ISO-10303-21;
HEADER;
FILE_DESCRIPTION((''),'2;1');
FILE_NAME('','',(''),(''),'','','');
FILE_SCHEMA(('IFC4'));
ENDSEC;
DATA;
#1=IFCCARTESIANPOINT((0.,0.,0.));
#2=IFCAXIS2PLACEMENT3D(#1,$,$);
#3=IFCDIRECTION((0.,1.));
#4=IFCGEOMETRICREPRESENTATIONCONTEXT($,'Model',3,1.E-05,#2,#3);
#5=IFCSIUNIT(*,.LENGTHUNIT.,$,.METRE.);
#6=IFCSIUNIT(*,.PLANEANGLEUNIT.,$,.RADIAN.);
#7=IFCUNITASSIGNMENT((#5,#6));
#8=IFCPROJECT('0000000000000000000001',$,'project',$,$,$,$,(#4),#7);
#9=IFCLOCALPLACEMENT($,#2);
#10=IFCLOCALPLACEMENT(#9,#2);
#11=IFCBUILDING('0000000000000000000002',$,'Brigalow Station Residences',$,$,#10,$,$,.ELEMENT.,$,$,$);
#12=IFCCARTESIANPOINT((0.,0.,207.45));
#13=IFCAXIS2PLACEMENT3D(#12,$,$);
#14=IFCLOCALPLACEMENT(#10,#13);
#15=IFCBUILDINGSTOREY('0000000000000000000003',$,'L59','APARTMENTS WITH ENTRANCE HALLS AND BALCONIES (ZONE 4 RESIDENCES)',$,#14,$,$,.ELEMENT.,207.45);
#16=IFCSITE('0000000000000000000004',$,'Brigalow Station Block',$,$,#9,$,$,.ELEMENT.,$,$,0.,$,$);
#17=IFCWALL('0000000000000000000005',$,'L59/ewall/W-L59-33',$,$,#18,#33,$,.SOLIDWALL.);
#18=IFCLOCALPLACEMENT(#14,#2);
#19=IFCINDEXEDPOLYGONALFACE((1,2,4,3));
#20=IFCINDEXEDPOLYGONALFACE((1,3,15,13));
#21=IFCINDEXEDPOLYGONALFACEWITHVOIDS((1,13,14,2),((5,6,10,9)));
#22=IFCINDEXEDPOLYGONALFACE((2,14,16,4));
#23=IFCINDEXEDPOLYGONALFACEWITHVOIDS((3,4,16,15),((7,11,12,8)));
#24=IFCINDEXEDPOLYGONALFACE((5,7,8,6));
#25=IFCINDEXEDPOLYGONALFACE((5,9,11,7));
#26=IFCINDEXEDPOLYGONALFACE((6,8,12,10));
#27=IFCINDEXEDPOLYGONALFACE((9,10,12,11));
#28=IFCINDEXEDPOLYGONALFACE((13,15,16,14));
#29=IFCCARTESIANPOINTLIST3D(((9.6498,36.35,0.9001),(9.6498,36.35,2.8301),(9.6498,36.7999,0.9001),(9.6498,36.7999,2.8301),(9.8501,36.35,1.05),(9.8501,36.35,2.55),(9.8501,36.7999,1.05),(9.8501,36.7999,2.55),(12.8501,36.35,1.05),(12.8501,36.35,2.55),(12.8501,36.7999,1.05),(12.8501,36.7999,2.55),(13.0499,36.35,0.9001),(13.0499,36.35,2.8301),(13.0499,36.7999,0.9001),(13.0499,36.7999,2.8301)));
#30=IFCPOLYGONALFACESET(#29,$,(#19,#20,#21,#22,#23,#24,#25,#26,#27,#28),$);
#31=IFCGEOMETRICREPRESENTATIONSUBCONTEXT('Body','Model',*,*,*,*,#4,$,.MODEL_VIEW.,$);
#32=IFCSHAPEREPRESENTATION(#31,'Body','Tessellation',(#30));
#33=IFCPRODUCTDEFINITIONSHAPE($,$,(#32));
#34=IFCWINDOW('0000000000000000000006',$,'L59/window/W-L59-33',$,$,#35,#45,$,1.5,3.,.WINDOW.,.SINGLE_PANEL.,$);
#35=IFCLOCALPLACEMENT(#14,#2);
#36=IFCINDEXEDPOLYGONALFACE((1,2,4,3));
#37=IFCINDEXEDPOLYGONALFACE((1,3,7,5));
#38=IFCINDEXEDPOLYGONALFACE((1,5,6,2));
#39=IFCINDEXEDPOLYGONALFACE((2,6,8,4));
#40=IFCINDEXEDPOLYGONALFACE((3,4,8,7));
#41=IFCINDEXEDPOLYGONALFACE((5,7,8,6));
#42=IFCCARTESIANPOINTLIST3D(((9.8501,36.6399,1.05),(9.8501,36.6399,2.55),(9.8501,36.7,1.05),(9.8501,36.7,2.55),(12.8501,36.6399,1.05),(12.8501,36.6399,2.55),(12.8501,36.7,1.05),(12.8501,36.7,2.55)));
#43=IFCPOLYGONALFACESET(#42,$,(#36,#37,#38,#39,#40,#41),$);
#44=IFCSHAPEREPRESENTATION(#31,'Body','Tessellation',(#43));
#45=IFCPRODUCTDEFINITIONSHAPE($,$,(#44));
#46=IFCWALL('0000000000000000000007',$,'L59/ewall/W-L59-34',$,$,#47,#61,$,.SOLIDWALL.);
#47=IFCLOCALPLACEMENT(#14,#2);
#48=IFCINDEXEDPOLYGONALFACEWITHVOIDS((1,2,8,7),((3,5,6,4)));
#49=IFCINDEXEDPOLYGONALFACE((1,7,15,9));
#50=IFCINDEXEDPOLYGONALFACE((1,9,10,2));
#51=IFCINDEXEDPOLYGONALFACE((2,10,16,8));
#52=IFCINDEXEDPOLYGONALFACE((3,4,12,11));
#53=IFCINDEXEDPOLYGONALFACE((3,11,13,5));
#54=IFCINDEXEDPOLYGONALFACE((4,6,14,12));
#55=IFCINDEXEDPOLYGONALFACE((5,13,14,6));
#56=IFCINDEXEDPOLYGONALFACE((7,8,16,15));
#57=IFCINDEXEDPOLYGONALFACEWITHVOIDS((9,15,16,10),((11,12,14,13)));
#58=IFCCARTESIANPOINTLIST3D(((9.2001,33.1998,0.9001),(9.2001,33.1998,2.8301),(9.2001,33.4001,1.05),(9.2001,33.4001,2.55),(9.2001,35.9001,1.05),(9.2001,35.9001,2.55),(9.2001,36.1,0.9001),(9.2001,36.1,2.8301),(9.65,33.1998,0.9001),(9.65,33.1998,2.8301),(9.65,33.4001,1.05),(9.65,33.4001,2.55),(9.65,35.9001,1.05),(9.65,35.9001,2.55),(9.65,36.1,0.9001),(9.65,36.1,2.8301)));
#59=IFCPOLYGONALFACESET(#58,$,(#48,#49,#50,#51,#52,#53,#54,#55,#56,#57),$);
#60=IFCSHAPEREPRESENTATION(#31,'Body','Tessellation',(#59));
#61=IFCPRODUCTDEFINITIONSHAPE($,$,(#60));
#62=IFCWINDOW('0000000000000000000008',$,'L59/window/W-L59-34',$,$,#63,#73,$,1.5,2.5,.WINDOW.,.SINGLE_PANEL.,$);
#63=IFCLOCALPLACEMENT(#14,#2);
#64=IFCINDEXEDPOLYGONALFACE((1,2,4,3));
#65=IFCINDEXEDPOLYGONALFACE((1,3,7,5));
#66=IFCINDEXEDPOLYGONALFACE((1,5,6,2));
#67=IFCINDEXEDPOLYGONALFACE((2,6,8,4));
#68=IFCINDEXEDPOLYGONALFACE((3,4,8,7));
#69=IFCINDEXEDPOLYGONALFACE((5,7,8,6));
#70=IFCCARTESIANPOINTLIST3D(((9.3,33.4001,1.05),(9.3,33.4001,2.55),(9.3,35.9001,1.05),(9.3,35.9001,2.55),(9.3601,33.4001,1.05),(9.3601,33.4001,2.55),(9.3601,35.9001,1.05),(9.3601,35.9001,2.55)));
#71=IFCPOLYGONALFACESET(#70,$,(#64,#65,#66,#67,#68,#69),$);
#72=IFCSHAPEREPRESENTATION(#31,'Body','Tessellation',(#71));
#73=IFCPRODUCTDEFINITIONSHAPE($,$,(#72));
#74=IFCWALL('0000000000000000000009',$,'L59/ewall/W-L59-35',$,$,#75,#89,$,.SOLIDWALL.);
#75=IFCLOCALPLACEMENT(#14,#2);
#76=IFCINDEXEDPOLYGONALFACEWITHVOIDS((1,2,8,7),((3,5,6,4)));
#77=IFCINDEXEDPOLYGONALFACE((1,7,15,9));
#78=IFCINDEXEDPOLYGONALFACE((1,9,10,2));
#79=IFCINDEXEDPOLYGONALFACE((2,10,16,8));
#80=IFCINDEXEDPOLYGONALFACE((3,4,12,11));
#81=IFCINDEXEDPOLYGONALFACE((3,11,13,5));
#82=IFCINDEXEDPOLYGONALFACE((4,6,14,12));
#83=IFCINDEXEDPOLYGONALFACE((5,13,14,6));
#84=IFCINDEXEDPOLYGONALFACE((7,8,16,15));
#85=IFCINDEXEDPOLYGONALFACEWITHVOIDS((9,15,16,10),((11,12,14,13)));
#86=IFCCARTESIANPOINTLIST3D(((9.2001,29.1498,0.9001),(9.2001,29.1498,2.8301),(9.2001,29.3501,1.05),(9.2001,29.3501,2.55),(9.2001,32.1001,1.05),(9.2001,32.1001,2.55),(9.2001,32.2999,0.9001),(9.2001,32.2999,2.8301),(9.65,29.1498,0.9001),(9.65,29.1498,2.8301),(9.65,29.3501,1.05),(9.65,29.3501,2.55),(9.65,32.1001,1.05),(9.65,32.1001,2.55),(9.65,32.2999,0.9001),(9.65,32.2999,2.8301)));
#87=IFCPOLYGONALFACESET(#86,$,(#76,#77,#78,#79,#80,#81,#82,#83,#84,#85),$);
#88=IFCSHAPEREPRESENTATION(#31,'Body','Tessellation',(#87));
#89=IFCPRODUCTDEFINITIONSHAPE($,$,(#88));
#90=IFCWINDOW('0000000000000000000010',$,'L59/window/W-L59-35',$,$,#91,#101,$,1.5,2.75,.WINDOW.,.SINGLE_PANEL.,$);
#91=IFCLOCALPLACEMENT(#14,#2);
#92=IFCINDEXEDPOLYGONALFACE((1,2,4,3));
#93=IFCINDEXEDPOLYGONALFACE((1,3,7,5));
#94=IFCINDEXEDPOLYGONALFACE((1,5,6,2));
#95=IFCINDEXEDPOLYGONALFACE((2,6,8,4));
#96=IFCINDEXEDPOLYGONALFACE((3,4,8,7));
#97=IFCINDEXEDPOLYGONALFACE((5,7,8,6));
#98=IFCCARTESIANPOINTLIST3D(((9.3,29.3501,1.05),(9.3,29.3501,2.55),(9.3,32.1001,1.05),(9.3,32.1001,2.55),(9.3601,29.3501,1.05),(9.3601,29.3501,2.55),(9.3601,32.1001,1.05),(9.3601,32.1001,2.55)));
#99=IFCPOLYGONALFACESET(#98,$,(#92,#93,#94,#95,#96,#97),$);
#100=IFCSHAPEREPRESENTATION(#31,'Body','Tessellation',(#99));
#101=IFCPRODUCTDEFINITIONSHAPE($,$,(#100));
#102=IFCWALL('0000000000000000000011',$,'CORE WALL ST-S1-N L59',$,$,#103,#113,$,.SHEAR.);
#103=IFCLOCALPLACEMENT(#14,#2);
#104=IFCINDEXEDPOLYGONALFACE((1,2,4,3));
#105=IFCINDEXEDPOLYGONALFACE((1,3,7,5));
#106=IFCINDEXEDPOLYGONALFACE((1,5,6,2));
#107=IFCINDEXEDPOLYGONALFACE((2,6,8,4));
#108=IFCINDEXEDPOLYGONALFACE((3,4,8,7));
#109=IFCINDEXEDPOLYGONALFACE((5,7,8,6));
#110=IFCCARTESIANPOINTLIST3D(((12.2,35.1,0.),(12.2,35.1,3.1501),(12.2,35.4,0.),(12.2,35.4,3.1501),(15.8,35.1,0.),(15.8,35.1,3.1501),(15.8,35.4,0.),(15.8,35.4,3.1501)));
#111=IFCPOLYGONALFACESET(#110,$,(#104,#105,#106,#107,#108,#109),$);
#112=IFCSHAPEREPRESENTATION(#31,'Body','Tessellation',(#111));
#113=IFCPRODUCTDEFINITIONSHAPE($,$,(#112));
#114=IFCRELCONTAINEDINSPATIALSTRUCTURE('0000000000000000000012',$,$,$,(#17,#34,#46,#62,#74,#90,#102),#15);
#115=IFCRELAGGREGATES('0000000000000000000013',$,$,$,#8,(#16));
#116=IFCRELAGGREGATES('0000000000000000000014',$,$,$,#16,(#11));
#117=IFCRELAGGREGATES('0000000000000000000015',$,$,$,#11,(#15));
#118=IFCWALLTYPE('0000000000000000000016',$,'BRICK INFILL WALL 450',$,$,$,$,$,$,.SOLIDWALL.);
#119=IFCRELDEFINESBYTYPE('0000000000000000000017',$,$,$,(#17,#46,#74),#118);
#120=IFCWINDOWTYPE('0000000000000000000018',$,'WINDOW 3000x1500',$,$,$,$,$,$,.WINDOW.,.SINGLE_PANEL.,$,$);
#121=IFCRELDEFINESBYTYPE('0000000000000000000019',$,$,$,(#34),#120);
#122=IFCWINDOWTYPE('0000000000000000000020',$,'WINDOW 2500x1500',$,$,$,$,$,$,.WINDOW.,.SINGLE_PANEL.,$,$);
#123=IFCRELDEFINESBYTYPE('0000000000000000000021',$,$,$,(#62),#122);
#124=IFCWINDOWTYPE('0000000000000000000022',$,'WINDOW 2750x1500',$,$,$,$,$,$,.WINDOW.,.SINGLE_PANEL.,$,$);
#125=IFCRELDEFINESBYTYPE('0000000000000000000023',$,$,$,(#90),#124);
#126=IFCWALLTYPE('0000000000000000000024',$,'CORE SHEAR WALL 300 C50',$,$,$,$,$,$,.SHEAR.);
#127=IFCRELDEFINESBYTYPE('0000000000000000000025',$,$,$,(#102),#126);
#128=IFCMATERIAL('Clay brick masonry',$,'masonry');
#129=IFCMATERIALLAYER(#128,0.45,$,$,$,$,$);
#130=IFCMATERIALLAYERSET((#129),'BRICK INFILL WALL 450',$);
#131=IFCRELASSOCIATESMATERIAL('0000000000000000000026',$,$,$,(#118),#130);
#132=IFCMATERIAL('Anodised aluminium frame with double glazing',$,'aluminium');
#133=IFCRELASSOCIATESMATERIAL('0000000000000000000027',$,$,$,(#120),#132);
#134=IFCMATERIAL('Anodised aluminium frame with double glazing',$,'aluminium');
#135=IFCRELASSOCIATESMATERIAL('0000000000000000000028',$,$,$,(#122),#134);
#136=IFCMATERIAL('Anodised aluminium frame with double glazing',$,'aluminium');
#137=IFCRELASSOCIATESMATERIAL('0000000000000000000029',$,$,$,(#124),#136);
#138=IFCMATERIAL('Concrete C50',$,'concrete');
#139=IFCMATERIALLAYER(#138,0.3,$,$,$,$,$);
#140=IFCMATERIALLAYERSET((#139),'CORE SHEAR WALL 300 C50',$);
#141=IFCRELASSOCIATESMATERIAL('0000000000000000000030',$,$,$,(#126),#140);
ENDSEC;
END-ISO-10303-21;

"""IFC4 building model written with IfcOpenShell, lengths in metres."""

from ifc_helpers import new_model, si_unit, direction, frame, frame_2d, origin, place, context, subcontext, project, spatial, rectangle, extrude, material, layer, layer_set, type_object, element, fill, save


model = new_model("IFC4")

# Units and contexts
model_context = context("Model", 3, precision=1e-05, world=origin(), true_north=direction((0.0, 1.0)))
body_context = subcontext(model_context, "Body", "Model", "MODEL_VIEW")
ifc_project = project(units=[si_unit("LENGTHUNIT", "METRE"), si_unit("PLANEANGLEUNIT", "RADIAN")], contexts=[model_context])

# Site, building, storey
site_placement = place(None, origin())
site = spatial("IfcSite", under=ifc_project, at=site_placement, Name="Brigalow Station Block", CompositionType="ELEMENT", RefElevation=0.0)
building_placement = place(site_placement, origin())
building = spatial("IfcBuilding", under=site, at=building_placement, Name="Brigalow Station Residences", CompositionType="ELEMENT")
storey_placement = place(building_placement, frame((0.0, 0.0, 207.45)))
storey = spatial("IfcBuildingStorey", under=building, at=storey_placement, Name="L59", Description="APARTMENTS WITH ENTRANCE HALLS AND BALCONIES (ZONE 4 RESIDENCES)", CompositionType="ELEMENT", Elevation=207.45)

# Shared definitions
ifc_material_1 = material(Name="Clay brick masonry", Category="masonry")
ifc_layer_1 = layer(ifc_material_1, 0.45)
ifc_layer_set_1 = layer_set([ifc_layer_1], Name="BRICK INFILL WALL 450")
wall_type_1 = type_object("IfcWallType", Name="BRICK INFILL WALL 450", PredefinedType="SOLIDWALL", material=ifc_layer_set_1)

# Walls, openings, windows
wall_1_placement = place(storey_placement, frame((13.05, 36.575, 0.9001), z_axis=(0.0, 0.0, 1.0), x_axis=(-1.0, 0.0, 0.0)))
wall_1 = element("IfcWall", 1, at=wall_1_placement, inside=storey, type_object=wall_type_1, Name="L59/ewall/W-L59-33", PredefinedType="SOLIDWALL", context=body_context, shape_type="SweptSolid", body=[
    extrude(rectangle(XDim=3.4001, YDim=0.45, at=frame_2d((1.7002, 0.0))), origin(), (0.0, 0.0, 1.0), 1.9299),
])
opening_1_placement = place(wall_1_placement, frame((0.2, 0.0, 0.1499)))
opening_1 = element("IfcOpeningElement", 2, at=opening_1_placement, cuts=wall_1, PredefinedType="OPENING", context=body_context, shape_type="SweptSolid", body=[
    extrude(rectangle(XDim=3.0, YDim=1.5, at=frame_2d((1.5, 0.75))), frame((0.0, 0.2349, 0.0), z_axis=(0.0, -1.0, 0.0), x_axis=(1.0, 0.0, 0.0)), (0.0, 0.0, 1.0), 0.47),
])
ifc_material_2 = material(Name="Anodised aluminium frame with double glazing", Category="aluminium")
window_type_1 = type_object("IfcWindowType", Name="WINDOW 3000x1500", PartitioningType="SINGLE_PANEL", PredefinedType="WINDOW", material=ifc_material_2)
window_1_placement = place(opening_1_placement, origin())
window_1 = element("IfcWindow", 3, at=window_1_placement, inside=storey, type_object=window_type_1, Name="L59/window/W-L59-33", OverallHeight=1.5, OverallWidth=3.0, PartitioningType="SINGLE_PANEL", PredefinedType="WINDOW", context=body_context, shape_type="SweptSolid", body=[
    extrude(rectangle(XDim=3.0, YDim=1.5, at=frame_2d((1.5, 0.75))), frame((0.0, -0.0649, 0.0), z_axis=(0.0, -1.0, 0.0), x_axis=(1.0, 0.0, 0.0)), (0.0, 0.0, 1.0), 0.0601),
])
fill(opening_1, window_1)
wall_2_placement = place(storey_placement, frame((9.425, 36.1001, 0.9001), z_axis=(0.0, 0.0, 1.0), x_axis=(0.0, -1.0, 0.0)))
wall_2 = element("IfcWall", 4, at=wall_2_placement, inside=storey, type_object=wall_type_1, Name="L59/ewall/W-L59-34", PredefinedType="SOLIDWALL", context=body_context, shape_type="SweptSolid", body=[
    extrude(rectangle(XDim=2.9001, YDim=0.45, at=frame_2d((1.4502, 0.0))), origin(), (0.0, 0.0, 1.0), 1.9299),
])
opening_2_placement = place(wall_2_placement, frame((0.2, 0.0, 0.1499)))
opening_2 = element("IfcOpeningElement", 5, at=opening_2_placement, cuts=wall_2, PredefinedType="OPENING", context=body_context, shape_type="SweptSolid", body=[
    extrude(rectangle(XDim=2.5, YDim=1.5, at=frame_2d((1.25, 0.75))), frame((0.0, 0.2349, 0.0), z_axis=(0.0, -1.0, 0.0), x_axis=(1.0, 0.0, 0.0)), (0.0, 0.0, 1.0), 0.47),
])
ifc_material_3 = material(Name="Anodised aluminium frame with double glazing", Category="aluminium")
window_type_2 = type_object("IfcWindowType", Name="WINDOW 2500x1500", PartitioningType="SINGLE_PANEL", PredefinedType="WINDOW", material=ifc_material_3)
window_2_placement = place(opening_2_placement, origin())
window_2 = element("IfcWindow", 6, at=window_2_placement, inside=storey, type_object=window_type_2, Name="L59/window/W-L59-34", OverallHeight=1.5, OverallWidth=2.5, PartitioningType="SINGLE_PANEL", PredefinedType="WINDOW", context=body_context, shape_type="SweptSolid", body=[
    extrude(rectangle(XDim=2.5, YDim=1.5, at=frame_2d((1.25, 0.75))), frame((0.0, -0.0649, 0.0), z_axis=(0.0, -1.0, 0.0), x_axis=(1.0, 0.0, 0.0)), (0.0, 0.0, 1.0), 0.0601),
])
fill(opening_2, window_2)
wall_3_placement = place(storey_placement, frame((9.425, 32.3, 0.9001), z_axis=(0.0, 0.0, 1.0), x_axis=(0.0, -1.0, 0.0)))
wall_3 = element("IfcWall", 7, at=wall_3_placement, inside=storey, type_object=wall_type_1, Name="L59/ewall/W-L59-35", PredefinedType="SOLIDWALL", context=body_context, shape_type="SweptSolid", body=[
    extrude(rectangle(XDim=3.1501, YDim=0.45, at=frame_2d((1.5752, 0.0))), origin(), (0.0, 0.0, 1.0), 1.9299),
])
opening_3_placement = place(wall_3_placement, frame((0.2, 0.0, 0.1499)))
opening_3 = element("IfcOpeningElement", 8, at=opening_3_placement, cuts=wall_3, PredefinedType="OPENING", context=body_context, shape_type="SweptSolid", body=[
    extrude(rectangle(XDim=2.75, YDim=1.5, at=frame_2d((1.375, 0.75))), frame((0.0, 0.2349, 0.0), z_axis=(0.0, -1.0, 0.0), x_axis=(1.0, 0.0, 0.0)), (0.0, 0.0, 1.0), 0.47),
])
ifc_material_4 = material(Name="Anodised aluminium frame with double glazing", Category="aluminium")
window_type_3 = type_object("IfcWindowType", Name="WINDOW 2750x1500", PartitioningType="SINGLE_PANEL", PredefinedType="WINDOW", material=ifc_material_4)
window_3_placement = place(opening_3_placement, origin())
window_3 = element("IfcWindow", 9, at=window_3_placement, inside=storey, type_object=window_type_3, Name="L59/window/W-L59-35", OverallHeight=1.5, OverallWidth=2.75, PartitioningType="SINGLE_PANEL", PredefinedType="WINDOW", context=body_context, shape_type="SweptSolid", body=[
    extrude(rectangle(XDim=2.75, YDim=1.5, at=frame_2d((1.375, 0.75))), frame((0.0, -0.0649, 0.0), z_axis=(0.0, -1.0, 0.0), x_axis=(1.0, 0.0, 0.0)), (0.0, 0.0, 1.0), 0.0601),
])
fill(opening_3, window_3)

# Wall
ifc_material_5 = material(Name="Concrete C50", Category="concrete")
ifc_layer_2 = layer(ifc_material_5, 0.3)
ifc_layer_set_2 = layer_set([ifc_layer_2], Name="CORE SHEAR WALL 300 C50")
wall_type_2 = type_object("IfcWallType", Name="CORE SHEAR WALL 300 C50", PredefinedType="SHEAR", material=ifc_layer_set_2)
wall_4_placement = place(storey_placement, frame((12.2, 35.25, 0.0), z_axis=(0.0, 0.0, 1.0), x_axis=(1.0, 0.0, 0.0)))
element("IfcWall", 10, at=wall_4_placement, inside=storey, type_object=wall_type_2, Name="CORE WALL ST-S1-N L59", PredefinedType="SHEAR", context=body_context, shape_type="SweptSolid", body=[
    extrude(rectangle(XDim=3.6001, YDim=0.3, at=frame_2d((1.8, 0.0))), origin(), (0.0, 0.0, 1.0), 3.1501),
])

save(model, "model.ifc")
